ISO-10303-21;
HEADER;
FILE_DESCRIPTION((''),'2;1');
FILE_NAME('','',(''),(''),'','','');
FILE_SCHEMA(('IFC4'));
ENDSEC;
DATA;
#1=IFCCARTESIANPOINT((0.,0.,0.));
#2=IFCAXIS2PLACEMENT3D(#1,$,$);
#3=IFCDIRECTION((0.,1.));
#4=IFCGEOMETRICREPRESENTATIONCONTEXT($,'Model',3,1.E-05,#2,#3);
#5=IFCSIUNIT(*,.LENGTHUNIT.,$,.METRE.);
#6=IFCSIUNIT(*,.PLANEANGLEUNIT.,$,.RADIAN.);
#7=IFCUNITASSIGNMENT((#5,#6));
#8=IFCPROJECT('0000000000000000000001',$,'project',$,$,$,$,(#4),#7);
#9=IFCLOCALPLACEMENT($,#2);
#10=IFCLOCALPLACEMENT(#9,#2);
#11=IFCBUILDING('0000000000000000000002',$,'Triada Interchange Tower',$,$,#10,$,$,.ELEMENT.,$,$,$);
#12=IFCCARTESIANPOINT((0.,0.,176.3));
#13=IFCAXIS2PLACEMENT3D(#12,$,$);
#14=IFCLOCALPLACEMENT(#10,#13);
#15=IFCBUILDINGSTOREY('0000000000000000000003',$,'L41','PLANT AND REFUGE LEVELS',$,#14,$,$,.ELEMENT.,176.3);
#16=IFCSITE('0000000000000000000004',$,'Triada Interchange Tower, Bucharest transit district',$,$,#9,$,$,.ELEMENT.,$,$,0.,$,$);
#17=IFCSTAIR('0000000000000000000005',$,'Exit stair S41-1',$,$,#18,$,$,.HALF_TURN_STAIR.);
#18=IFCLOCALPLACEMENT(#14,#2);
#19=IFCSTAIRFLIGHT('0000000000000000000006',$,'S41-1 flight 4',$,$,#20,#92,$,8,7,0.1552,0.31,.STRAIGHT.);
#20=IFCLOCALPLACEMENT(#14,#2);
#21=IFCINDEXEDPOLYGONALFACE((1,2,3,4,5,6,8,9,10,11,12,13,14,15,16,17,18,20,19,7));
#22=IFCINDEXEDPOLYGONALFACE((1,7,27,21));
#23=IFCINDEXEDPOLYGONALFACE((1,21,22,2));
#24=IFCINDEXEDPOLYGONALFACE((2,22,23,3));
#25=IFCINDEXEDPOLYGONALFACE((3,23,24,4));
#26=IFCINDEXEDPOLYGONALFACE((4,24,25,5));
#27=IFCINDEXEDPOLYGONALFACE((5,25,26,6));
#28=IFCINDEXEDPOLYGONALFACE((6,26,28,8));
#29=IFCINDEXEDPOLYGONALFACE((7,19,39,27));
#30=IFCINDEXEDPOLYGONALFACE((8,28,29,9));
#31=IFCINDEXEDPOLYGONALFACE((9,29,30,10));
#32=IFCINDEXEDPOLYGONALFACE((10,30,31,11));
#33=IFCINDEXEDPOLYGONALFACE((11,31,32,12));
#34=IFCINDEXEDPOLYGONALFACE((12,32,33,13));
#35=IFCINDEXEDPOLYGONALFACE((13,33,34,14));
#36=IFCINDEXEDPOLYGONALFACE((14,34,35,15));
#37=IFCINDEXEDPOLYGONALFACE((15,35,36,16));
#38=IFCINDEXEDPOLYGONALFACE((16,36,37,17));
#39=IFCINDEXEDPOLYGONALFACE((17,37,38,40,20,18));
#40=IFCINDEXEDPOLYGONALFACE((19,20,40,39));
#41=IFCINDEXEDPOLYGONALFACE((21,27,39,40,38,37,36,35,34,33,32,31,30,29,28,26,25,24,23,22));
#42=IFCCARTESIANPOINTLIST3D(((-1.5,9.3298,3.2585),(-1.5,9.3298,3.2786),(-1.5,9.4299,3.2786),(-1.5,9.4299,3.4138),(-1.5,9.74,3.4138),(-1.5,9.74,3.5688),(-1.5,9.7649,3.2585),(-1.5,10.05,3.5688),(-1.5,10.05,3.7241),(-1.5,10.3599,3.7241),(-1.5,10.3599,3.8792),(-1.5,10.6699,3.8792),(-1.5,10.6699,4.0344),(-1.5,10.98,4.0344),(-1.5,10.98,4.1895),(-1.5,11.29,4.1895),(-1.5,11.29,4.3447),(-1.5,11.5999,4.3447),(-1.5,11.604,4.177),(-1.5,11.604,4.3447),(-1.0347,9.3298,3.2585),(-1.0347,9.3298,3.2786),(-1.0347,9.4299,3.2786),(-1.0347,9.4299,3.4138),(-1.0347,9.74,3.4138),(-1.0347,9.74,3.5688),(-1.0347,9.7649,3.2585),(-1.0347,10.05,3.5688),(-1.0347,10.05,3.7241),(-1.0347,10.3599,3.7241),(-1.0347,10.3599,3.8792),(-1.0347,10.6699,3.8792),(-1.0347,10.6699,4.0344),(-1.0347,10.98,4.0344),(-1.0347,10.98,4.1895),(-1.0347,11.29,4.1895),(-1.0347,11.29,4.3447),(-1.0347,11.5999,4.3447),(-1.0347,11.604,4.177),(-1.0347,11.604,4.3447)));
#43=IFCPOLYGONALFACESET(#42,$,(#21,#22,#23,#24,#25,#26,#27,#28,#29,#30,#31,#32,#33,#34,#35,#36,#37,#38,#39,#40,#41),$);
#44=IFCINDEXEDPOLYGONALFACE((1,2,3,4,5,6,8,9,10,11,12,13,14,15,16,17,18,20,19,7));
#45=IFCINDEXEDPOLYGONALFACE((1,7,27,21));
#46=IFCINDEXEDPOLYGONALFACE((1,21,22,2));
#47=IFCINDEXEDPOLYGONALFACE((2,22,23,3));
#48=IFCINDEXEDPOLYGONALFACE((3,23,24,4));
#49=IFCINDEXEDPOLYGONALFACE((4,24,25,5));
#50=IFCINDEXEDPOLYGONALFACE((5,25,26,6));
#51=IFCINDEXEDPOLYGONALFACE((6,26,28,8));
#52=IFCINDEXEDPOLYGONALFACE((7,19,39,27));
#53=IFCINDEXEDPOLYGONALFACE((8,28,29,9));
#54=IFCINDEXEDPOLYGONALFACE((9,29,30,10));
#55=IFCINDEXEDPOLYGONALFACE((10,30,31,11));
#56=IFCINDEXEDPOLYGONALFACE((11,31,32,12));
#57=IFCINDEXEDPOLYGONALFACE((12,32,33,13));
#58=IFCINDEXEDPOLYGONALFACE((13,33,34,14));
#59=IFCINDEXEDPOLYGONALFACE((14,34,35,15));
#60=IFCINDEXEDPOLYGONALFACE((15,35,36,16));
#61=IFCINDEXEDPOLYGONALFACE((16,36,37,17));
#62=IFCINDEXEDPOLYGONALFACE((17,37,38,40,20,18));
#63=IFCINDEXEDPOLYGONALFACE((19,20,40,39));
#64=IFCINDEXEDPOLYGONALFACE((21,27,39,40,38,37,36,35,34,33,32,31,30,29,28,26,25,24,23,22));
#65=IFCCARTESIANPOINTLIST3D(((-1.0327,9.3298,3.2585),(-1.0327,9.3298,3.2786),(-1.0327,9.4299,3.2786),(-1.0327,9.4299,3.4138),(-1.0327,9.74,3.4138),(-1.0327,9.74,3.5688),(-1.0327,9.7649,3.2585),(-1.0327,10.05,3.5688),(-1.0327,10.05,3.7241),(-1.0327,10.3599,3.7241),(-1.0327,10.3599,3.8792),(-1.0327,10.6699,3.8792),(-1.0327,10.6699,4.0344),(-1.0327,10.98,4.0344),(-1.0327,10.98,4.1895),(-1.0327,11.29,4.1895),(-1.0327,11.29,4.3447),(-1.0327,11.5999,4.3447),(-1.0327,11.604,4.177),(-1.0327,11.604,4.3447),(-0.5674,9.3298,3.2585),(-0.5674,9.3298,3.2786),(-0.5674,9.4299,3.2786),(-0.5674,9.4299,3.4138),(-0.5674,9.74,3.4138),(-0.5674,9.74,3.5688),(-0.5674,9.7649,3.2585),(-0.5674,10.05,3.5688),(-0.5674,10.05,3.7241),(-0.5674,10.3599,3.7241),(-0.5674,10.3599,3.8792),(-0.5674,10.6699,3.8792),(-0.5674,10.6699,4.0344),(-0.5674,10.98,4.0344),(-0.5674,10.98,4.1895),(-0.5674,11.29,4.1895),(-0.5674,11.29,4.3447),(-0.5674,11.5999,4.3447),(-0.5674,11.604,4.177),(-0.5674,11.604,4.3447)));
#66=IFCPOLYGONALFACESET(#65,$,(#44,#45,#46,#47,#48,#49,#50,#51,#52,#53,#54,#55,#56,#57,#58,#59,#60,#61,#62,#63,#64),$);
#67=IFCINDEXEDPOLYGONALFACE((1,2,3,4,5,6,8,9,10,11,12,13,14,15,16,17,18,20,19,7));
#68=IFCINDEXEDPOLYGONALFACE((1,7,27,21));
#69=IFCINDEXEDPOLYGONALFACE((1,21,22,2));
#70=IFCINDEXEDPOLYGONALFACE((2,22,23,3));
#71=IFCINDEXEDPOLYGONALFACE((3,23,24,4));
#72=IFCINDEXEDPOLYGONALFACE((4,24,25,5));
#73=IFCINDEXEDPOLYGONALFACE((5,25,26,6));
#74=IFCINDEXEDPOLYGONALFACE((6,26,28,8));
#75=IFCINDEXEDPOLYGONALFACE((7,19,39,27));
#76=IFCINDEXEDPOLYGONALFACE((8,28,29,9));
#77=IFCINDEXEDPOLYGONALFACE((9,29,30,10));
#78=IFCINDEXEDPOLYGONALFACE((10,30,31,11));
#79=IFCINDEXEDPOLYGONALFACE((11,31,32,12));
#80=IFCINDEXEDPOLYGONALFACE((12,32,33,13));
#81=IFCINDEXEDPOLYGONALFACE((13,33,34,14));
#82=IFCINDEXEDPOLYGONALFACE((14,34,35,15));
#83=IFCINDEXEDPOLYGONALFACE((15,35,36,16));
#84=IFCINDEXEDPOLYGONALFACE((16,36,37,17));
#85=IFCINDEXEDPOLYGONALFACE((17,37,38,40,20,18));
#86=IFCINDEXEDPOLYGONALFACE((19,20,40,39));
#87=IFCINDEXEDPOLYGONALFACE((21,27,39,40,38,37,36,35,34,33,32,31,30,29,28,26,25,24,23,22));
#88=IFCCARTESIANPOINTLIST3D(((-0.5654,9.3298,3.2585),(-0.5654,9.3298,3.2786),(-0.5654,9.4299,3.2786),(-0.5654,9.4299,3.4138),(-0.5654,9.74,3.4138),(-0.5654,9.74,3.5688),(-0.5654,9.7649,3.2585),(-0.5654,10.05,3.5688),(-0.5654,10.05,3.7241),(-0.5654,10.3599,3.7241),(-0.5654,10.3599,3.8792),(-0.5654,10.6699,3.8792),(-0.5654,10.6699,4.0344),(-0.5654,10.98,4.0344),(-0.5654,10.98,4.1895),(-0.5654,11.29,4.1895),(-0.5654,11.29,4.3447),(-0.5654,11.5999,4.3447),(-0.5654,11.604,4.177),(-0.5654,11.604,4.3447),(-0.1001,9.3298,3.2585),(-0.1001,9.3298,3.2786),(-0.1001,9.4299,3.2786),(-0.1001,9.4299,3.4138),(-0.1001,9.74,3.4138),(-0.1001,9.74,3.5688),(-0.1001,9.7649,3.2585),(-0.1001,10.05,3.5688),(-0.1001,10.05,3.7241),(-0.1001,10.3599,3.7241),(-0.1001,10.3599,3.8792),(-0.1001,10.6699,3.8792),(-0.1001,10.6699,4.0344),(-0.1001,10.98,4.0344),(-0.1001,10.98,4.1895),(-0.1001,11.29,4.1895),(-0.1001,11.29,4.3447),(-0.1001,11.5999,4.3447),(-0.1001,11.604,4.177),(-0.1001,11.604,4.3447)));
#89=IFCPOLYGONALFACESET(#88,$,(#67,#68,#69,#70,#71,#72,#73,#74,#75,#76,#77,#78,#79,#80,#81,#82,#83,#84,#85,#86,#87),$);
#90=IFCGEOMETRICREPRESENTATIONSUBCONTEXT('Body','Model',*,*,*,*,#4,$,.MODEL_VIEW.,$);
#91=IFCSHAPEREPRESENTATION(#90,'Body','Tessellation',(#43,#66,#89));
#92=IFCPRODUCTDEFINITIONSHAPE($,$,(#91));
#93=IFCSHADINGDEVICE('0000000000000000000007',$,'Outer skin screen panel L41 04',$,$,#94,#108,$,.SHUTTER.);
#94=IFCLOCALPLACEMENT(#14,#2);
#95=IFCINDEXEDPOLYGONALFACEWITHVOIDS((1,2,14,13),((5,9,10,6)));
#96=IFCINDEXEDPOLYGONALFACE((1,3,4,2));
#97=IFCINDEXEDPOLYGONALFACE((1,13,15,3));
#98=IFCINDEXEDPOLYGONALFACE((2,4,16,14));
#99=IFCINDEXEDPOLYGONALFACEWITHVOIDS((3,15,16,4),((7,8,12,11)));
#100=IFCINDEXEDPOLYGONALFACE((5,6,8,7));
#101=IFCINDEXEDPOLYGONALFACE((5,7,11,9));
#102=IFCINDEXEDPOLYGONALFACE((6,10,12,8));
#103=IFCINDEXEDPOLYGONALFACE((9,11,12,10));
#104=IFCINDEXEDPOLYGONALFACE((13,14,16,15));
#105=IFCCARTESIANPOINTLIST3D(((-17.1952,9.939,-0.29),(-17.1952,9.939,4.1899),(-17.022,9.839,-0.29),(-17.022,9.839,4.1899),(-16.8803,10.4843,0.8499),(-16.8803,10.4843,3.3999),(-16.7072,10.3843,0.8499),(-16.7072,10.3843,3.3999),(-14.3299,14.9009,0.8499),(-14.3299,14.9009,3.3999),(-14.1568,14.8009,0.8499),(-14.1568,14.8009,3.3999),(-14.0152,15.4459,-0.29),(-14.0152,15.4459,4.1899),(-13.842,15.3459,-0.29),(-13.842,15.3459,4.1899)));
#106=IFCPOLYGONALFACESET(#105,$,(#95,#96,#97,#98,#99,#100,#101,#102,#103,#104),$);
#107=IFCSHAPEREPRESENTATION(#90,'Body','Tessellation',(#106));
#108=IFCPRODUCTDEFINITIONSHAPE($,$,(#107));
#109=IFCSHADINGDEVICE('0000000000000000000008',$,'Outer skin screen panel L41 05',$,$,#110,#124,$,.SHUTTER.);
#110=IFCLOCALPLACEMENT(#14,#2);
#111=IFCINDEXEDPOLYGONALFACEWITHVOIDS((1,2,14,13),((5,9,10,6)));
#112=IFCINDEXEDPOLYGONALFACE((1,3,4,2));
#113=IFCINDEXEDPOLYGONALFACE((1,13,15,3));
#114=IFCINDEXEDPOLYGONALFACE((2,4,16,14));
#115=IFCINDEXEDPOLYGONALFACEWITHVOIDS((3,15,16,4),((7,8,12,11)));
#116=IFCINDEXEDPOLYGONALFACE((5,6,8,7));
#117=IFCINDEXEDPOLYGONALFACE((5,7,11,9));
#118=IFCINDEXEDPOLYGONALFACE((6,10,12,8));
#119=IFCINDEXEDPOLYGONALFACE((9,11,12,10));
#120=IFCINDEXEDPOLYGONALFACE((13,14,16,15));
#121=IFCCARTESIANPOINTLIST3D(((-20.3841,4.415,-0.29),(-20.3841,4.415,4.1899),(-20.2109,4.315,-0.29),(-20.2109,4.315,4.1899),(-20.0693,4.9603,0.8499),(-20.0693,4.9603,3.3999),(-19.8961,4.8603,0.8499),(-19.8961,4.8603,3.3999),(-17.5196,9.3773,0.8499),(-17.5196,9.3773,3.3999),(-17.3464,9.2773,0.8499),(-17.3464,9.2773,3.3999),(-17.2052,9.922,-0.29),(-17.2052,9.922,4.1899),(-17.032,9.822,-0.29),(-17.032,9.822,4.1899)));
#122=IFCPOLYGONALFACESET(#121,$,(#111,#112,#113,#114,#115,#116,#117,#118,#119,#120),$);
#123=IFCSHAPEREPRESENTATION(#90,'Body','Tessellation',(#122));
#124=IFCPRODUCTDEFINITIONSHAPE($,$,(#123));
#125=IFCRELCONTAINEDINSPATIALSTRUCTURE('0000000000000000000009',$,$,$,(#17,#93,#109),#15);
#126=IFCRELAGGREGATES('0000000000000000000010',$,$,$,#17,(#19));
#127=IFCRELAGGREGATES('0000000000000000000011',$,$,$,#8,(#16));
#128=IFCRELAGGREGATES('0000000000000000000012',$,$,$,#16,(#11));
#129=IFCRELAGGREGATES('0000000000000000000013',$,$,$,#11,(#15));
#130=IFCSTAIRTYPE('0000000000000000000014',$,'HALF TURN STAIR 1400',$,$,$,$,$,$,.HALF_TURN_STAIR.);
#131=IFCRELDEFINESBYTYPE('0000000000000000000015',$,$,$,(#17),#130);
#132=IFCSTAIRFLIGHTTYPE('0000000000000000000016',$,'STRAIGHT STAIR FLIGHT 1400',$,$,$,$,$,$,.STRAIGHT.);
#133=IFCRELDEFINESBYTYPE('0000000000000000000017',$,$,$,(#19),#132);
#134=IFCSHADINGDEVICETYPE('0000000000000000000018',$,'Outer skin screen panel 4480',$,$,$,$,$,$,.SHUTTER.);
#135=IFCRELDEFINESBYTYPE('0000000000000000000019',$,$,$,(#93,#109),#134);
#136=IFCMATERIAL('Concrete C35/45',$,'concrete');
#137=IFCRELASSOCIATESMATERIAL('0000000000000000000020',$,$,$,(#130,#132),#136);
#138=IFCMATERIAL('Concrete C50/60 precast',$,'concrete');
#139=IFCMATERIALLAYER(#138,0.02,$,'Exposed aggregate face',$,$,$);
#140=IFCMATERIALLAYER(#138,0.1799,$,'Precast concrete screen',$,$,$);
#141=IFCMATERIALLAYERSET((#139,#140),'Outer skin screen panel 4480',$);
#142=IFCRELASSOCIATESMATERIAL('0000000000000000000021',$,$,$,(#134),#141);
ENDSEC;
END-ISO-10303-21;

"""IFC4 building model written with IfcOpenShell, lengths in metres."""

from ifc_helpers import new_model, si_unit, direction, frame, origin, place, context, subcontext, project, spatial, polyline, outline, extrude, material, layer, layer_set, type_object, element, aggregate, save


model = new_model("IFC4")

# Units and contexts
model_context = context("Model", 3, precision=1e-05, world=origin(), true_north=direction((0.0, 1.0)))
body_context = subcontext(model_context, "Body", "Model", "MODEL_VIEW")
ifc_project = project(units=[si_unit("LENGTHUNIT", "METRE"), si_unit("PLANEANGLEUNIT", "RADIAN")], contexts=[model_context])

# Site, building, storey
site_placement = place(None, origin())
site = spatial("IfcSite", under=ifc_project, at=site_placement, Name="Triada Interchange Tower, Bucharest transit district", CompositionType="ELEMENT", RefElevation=0.0)
building_placement = place(site_placement, origin())
building = spatial("IfcBuilding", under=site, at=building_placement, Name="Triada Interchange Tower", CompositionType="ELEMENT")
storey_placement = place(building_placement, frame((0.0, 0.0, 176.3)))
storey = spatial("IfcBuildingStorey", under=building, at=storey_placement, Name="L41", Description="PLANT AND REFUGE LEVELS", CompositionType="ELEMENT", Elevation=176.3)

# Stair, stair flight
ifc_material_1 = material(Name="Concrete C35/45", Category="concrete")
stair_type = type_object("IfcStairType", Name="HALF TURN STAIR 1400", PredefinedType="HALF_TURN_STAIR", material=ifc_material_1)
stair_placement = place(storey_placement, origin())
stair = element("IfcStair", 1, at=stair_placement, inside=storey, type_object=stair_type, Name="Exit stair S41-1", PredefinedType="HALF_TURN_STAIR")
stair_flight_type = type_object("IfcStairFlightType", Name="STRAIGHT STAIR FLIGHT 1400", PredefinedType="STRAIGHT", material=ifc_material_1)
stair_flight_1_placement = place(storey_placement, frame((-0.8, 9.4299, 3.2585), z_axis=(0.0, 0.0, 1.0), x_axis=(0.0, 1.0, 0.0)))
stair_flight_1 = element("IfcStairFlight", 2, at=stair_flight_1_placement, type_object=stair_flight_type, Name="S41-1 flight 4", NumberOfRisers=8, NumberOfTreads=7, PredefinedType="STRAIGHT", RiserHeight=0.1552, TreadLength=0.31, context=body_context, shape_type="SweptSolid", body=[
    extrude(outline(polyline([(-0.1001, 0.0), (-0.1001, 0.02), (0.0, 0.02), (0.0, 0.1553), (0.3101, 0.1553), (0.3101, 0.3103), (0.6201, 0.3103), (0.6201, 0.4656), (0.9299, 0.4656), (0.9299, 0.6206), (1.24, 0.6206), (1.24, 0.7759), (1.55, 0.7759), (1.55, 0.9309), (1.8601, 0.9309), (1.8601, 1.0862), (2.1699, 1.0862), (2.1741, 1.0862), (2.1741, 1.2415), (2.1741, 0.9185), (0.335, 0.0), (-0.1001, 0.0)])), frame((0.0, 0.7, 0.0), z_axis=(0.0, -1.0, 0.0), x_axis=(1.0, 0.0, 0.0)), (0.0, 0.0, 1.0), 0.4653),
    extrude(outline(polyline([(-0.1001, 0.0), (-0.1001, 0.02), (0.0, 0.02), (0.0, 0.1553), (0.3101, 0.1553), (0.3101, 0.3103), (0.6201, 0.3103), (0.6201, 0.4656), (0.9299, 0.4656), (0.9299, 0.6206), (1.24, 0.6206), (1.24, 0.7759), (1.55, 0.7759), (1.55, 0.9309), (1.8601, 0.9309), (1.8601, 1.0862), (2.1699, 1.0862), (2.1741, 1.0862), (2.1741, 1.2415), (2.1741, 0.9185), (0.335, 0.0), (-0.1001, 0.0)])), frame((0.0, 0.2327, 0.0), z_axis=(0.0, -1.0, 0.0), x_axis=(1.0, 0.0, 0.0)), (0.0, 0.0, 1.0), 0.4653),
    extrude(outline(polyline([(-0.1001, 0.0), (-0.1001, 0.02), (0.0, 0.02), (0.0, 0.1553), (0.3101, 0.1553), (0.3101, 0.3103), (0.6201, 0.3103), (0.6201, 0.4656), (0.9299, 0.4656), (0.9299, 0.6206), (1.24, 0.6206), (1.24, 0.7759), (1.55, 0.7759), (1.55, 0.9309), (1.8601, 0.9309), (1.8601, 1.0862), (2.1699, 1.0862), (2.1741, 1.0862), (2.1741, 1.2415), (2.1741, 0.9185), (0.335, 0.0), (-0.1001, 0.0)])), frame((0.0, -0.2346, 0.0), z_axis=(0.0, -1.0, 0.0), x_axis=(1.0, 0.0, 0.0)), (0.0, 0.0, 1.0), 0.4653),
])

# Shading devices
ifc_material_2 = material(Name="Concrete C50/60 precast", Category="concrete")
ifc_layer_1 = layer(ifc_material_2, 0.02, Name="Exposed aggregate face")
ifc_layer_2 = layer(ifc_material_2, 0.1799, Name="Precast concrete screen")
ifc_layer_set_1 = layer_set([ifc_layer_1, ifc_layer_2], Name="Outer skin screen panel 4480")
shading_device_type = type_object("IfcShadingDeviceType", Name="Outer skin screen panel 4480", PredefinedType="SHUTTER", material=ifc_layer_set_1)
shading_device_1_placement = place(storey_placement, frame((-13.842, 15.3459, -0.29), z_axis=(0.0, 0.0, 1.0), x_axis=(-0.500066, -0.865987, 0.0)))
element("IfcShadingDevice", 3, at=shading_device_1_placement, inside=storey, type_object=shading_device_type, Name="Outer skin screen panel L41 04", PredefinedType="SHUTTER", context=body_context, shape_type="SweptSolid", body=[
    extrude(outline(polyline([(0.0, 0.0), (6.3591, 0.0), (6.3591, 4.48), (0.0, 4.48), (0.0, 0.0)]), holes=[polyline([(0.6294, 1.1399), (0.6294, 3.6899), (5.7295, 3.6899), (5.7295, 1.1399), (0.6294, 1.1399)])]), frame((0.0, 0.0, 0.0), z_axis=(0.0, -1.0, 0.0), x_axis=(1.0, 0.0, 0.0)), (0.0, 0.0, 1.0), 0.2),
])
shading_device_2_placement = place(storey_placement, frame((-17.032, 9.822, -0.29), z_axis=(0.0, 0.0, 1.0), x_axis=(-0.499934, -0.866063, 0.0)))
element("IfcShadingDevice", 4, at=shading_device_2_placement, inside=storey, type_object=shading_device_type, Name="Outer skin screen panel L41 05", PredefinedType="SHUTTER", context=body_context, shape_type="SweptSolid", body=[
    extrude(outline(polyline([(0.0, 0.0), (6.3586, 0.0), (6.3586, 4.48), (0.0, 4.48), (0.0, 0.0)]), holes=[polyline([(0.6289, 1.1399), (0.6289, 3.6899), (5.729, 3.6899), (5.729, 1.1399), (0.6289, 1.1399)])]), frame((0.0, 0.0, 0.0), z_axis=(0.0, -1.0, 0.0), x_axis=(1.0, 0.0, 0.0)), (0.0, 0.0, 1.0), 0.2),
])

aggregate(stair, [stair_flight_1])

save(model, "model.ifc")
